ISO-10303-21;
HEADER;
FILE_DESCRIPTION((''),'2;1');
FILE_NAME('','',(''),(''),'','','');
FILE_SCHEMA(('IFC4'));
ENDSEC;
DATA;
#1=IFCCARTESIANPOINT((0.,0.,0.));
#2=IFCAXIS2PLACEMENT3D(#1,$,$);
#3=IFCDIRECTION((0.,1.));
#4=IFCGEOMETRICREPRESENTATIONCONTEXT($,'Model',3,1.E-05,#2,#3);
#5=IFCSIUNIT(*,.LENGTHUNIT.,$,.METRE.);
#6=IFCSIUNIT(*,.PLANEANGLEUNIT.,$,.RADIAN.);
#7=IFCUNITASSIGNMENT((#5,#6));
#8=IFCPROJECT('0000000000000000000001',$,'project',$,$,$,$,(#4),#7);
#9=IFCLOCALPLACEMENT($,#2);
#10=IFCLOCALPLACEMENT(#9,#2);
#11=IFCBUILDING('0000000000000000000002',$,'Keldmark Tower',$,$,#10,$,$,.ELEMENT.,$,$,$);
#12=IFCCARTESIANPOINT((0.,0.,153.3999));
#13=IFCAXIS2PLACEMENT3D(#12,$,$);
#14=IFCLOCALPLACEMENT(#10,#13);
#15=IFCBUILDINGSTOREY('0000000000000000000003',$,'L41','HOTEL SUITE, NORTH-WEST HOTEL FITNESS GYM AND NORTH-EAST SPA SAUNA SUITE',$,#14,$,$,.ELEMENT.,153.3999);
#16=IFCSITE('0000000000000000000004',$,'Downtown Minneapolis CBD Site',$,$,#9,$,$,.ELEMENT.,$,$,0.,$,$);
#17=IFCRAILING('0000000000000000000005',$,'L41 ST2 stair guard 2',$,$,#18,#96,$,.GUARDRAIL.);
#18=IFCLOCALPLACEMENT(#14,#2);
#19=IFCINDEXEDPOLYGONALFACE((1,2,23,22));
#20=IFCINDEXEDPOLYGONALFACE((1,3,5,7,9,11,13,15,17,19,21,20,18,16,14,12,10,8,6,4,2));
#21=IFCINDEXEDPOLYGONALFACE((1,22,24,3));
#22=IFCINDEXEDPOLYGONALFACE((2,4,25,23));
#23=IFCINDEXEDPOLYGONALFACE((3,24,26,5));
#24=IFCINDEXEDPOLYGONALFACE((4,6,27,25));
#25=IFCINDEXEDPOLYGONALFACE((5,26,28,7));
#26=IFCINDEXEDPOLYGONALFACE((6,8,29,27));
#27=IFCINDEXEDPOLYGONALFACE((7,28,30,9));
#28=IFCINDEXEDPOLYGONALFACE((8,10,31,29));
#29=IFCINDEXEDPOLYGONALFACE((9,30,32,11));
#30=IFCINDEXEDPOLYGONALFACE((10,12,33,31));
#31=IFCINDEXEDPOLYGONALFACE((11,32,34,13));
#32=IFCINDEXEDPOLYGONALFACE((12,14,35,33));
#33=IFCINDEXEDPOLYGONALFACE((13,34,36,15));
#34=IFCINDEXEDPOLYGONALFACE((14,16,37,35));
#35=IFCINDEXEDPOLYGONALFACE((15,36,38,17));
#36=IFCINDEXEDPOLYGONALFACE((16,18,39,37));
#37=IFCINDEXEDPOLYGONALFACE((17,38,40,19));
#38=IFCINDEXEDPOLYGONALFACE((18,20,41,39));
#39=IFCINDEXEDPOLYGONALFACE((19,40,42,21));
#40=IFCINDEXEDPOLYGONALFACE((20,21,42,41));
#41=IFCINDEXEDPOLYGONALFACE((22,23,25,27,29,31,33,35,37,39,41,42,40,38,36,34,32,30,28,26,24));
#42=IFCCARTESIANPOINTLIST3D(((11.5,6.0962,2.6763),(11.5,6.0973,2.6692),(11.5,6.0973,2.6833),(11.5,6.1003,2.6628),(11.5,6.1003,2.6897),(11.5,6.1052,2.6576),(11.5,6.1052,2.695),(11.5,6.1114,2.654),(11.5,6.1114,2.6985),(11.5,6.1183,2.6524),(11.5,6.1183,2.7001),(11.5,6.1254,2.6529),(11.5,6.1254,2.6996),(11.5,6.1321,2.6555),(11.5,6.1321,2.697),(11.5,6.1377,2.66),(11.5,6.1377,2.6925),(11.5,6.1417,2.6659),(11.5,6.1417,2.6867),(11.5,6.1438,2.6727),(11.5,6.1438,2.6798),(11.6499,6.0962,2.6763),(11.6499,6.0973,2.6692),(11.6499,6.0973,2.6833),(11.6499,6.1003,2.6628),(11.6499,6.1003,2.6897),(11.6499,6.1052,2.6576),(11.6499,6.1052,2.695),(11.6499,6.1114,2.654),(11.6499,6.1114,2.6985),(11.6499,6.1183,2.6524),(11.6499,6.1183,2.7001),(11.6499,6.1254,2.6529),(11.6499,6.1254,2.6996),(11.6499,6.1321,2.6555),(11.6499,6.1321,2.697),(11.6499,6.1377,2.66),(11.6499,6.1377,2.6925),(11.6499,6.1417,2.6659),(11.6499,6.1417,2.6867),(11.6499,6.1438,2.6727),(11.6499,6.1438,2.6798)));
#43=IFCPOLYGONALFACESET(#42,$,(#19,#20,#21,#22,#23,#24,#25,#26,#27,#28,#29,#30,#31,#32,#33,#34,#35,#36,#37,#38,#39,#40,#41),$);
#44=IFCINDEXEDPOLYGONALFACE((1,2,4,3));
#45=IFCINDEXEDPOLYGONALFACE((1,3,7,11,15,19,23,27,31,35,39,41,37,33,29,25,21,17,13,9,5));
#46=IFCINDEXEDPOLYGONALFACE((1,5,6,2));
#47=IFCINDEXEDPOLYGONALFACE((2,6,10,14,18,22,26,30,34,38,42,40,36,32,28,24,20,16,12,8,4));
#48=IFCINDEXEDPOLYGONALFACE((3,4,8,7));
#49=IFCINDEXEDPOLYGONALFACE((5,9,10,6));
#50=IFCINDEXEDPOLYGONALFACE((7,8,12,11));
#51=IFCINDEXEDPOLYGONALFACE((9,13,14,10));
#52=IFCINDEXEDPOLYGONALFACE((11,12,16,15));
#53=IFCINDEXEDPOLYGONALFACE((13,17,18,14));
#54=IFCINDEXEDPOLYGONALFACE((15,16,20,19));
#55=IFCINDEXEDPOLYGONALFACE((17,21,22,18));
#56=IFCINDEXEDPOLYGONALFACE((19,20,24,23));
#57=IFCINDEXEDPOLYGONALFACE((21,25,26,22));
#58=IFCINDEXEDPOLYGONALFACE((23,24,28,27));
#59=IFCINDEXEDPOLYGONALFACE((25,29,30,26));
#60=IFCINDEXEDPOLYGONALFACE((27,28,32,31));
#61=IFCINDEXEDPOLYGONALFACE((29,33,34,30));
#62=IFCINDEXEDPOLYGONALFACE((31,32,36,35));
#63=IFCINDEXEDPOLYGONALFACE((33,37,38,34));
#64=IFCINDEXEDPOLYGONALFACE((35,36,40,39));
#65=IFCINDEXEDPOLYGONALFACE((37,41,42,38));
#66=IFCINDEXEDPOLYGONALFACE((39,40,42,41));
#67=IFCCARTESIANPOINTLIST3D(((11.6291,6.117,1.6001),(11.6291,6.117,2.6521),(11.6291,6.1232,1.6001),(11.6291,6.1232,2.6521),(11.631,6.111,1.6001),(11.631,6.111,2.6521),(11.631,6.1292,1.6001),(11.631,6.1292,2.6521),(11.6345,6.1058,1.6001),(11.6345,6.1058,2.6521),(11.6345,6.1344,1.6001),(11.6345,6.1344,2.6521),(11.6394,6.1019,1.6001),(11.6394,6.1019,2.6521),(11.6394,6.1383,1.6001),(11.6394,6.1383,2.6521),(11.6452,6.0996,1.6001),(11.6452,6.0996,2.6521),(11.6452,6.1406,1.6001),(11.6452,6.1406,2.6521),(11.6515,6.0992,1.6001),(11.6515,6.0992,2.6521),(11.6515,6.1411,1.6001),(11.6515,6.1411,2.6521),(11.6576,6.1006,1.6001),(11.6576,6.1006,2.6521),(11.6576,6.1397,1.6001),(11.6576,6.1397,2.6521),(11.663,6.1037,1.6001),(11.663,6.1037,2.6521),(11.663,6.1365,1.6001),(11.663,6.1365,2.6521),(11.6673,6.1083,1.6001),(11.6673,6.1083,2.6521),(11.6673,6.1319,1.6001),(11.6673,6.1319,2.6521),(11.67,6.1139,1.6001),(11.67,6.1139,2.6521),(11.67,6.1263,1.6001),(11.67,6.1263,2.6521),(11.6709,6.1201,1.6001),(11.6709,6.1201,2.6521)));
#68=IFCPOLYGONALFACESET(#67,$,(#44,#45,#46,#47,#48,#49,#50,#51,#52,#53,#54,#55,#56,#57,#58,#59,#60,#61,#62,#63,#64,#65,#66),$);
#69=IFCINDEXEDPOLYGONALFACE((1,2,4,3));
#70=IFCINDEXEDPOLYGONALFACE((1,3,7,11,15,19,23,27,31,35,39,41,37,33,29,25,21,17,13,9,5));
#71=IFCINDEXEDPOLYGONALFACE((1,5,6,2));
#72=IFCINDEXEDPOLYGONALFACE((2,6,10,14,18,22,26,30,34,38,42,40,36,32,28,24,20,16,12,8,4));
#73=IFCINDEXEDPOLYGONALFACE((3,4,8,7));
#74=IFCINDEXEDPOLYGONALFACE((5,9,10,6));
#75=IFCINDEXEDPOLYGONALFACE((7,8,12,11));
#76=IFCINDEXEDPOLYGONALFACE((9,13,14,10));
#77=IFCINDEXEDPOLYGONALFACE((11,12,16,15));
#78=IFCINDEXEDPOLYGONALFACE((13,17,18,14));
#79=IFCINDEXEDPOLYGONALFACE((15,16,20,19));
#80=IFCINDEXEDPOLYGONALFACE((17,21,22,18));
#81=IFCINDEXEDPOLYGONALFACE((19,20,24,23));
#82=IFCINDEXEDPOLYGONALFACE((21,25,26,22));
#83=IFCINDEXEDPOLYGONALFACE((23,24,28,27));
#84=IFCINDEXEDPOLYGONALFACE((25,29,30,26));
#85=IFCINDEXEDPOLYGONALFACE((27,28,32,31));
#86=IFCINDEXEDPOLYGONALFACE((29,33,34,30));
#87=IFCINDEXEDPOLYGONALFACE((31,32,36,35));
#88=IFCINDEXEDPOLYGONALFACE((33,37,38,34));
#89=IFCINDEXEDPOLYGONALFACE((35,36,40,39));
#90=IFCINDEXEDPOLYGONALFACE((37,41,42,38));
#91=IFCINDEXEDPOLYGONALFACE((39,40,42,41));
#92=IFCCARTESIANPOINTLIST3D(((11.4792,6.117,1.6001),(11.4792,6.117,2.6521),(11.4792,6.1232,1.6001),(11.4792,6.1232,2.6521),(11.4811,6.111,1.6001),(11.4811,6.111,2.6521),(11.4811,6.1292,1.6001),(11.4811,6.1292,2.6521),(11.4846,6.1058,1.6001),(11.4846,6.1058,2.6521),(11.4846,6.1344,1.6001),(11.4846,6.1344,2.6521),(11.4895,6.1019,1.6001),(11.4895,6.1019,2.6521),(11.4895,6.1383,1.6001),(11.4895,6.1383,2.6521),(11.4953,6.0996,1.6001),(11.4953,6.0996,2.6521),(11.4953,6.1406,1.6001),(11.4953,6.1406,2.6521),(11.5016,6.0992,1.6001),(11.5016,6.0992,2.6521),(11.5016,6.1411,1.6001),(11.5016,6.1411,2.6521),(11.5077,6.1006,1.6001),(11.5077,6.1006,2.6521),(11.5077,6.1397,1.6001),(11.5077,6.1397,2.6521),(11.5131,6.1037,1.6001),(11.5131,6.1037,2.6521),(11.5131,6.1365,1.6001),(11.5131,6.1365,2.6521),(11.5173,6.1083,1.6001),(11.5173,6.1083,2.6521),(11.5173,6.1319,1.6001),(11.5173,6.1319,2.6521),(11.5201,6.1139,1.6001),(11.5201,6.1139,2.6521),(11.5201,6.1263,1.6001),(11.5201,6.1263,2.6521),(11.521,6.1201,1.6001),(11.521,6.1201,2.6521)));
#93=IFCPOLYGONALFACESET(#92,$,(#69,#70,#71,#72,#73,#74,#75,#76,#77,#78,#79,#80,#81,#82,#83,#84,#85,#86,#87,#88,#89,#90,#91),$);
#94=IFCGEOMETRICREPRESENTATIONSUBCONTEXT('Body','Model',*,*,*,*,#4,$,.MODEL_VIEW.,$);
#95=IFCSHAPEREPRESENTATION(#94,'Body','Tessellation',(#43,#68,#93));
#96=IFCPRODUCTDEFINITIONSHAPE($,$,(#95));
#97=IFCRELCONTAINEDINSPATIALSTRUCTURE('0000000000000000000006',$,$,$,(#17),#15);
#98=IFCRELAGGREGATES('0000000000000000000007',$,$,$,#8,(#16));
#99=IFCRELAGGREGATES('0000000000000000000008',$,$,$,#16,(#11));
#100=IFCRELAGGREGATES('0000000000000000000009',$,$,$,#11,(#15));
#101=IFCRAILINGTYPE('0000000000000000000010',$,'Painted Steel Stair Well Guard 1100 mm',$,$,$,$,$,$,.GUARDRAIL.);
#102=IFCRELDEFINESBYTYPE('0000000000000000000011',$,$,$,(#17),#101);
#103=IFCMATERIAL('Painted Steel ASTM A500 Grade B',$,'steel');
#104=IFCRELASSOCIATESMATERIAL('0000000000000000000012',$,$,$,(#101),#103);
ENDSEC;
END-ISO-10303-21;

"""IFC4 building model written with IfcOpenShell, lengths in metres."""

from ifc_helpers import new_model, si_unit, direction, frame, origin, origin_2d, place, context, subcontext, project, spatial, circle, extrude, material, type_object, element, save


model = new_model("IFC4")

# Units and contexts
model_context = context("Model", 3, precision=1e-05, world=origin(), true_north=direction((0.0, 1.0)))
body_context = subcontext(model_context, "Body", "Model", "MODEL_VIEW")
ifc_project = project(units=[si_unit("LENGTHUNIT", "METRE"), si_unit("PLANEANGLEUNIT", "RADIAN")], contexts=[model_context])

# Site, building, storey
site_placement = place(None, origin())
site = spatial("IfcSite", under=ifc_project, at=site_placement, Name="Downtown Minneapolis CBD Site", CompositionType="ELEMENT", RefElevation=0.0)
building_placement = place(site_placement, origin())
building = spatial("IfcBuilding", under=site, at=building_placement, Name="Keldmark Tower", CompositionType="ELEMENT")
storey_placement = place(building_placement, frame((0.0, 0.0, 153.3999)))
storey = spatial("IfcBuildingStorey", under=building, at=storey_placement, Name="L41", Description="HOTEL SUITE, NORTH-WEST HOTEL FITNESS GYM AND NORTH-EAST SPA SAUNA SUITE", CompositionType="ELEMENT", Elevation=153.3999)

# Railing
ifc_material_1 = material(Name="Painted Steel ASTM A500 Grade B", Category="steel")
railing_type_1 = type_object("IfcRailingType", Name="Painted Steel Stair Well Guard 1100 mm", PredefinedType="GUARDRAIL", material=ifc_material_1)
railing_1_placement = place(storey_placement, frame((11.6499, 6.1201, 1.6001)))
element("IfcRailing", 1, at=railing_1_placement, inside=storey, type_object=railing_type_1, Name="L41 ST2 stair guard 2", PredefinedType="GUARDRAIL", context=body_context, shape_type="SweptSolid", body=[
    extrude(circle(Radius=0.0239, at=origin_2d()), frame((0.0, 0.0, 1.0762), z_axis=(-1.0, 0.0, 0.0), x_axis=(0.0, -1.0, 0.0)), (0.0, 0.0, 1.0), 0.1499),
    extrude(circle(Radius=0.021, at=origin_2d()), origin(), (0.0, 0.0, 1.0), 1.052),
    extrude(circle(Radius=0.021, at=origin_2d()), frame((-0.1499, 0.0, 0.0)), (0.0, 0.0, 1.0), 1.052),
])

save(model, "model.ifc")
